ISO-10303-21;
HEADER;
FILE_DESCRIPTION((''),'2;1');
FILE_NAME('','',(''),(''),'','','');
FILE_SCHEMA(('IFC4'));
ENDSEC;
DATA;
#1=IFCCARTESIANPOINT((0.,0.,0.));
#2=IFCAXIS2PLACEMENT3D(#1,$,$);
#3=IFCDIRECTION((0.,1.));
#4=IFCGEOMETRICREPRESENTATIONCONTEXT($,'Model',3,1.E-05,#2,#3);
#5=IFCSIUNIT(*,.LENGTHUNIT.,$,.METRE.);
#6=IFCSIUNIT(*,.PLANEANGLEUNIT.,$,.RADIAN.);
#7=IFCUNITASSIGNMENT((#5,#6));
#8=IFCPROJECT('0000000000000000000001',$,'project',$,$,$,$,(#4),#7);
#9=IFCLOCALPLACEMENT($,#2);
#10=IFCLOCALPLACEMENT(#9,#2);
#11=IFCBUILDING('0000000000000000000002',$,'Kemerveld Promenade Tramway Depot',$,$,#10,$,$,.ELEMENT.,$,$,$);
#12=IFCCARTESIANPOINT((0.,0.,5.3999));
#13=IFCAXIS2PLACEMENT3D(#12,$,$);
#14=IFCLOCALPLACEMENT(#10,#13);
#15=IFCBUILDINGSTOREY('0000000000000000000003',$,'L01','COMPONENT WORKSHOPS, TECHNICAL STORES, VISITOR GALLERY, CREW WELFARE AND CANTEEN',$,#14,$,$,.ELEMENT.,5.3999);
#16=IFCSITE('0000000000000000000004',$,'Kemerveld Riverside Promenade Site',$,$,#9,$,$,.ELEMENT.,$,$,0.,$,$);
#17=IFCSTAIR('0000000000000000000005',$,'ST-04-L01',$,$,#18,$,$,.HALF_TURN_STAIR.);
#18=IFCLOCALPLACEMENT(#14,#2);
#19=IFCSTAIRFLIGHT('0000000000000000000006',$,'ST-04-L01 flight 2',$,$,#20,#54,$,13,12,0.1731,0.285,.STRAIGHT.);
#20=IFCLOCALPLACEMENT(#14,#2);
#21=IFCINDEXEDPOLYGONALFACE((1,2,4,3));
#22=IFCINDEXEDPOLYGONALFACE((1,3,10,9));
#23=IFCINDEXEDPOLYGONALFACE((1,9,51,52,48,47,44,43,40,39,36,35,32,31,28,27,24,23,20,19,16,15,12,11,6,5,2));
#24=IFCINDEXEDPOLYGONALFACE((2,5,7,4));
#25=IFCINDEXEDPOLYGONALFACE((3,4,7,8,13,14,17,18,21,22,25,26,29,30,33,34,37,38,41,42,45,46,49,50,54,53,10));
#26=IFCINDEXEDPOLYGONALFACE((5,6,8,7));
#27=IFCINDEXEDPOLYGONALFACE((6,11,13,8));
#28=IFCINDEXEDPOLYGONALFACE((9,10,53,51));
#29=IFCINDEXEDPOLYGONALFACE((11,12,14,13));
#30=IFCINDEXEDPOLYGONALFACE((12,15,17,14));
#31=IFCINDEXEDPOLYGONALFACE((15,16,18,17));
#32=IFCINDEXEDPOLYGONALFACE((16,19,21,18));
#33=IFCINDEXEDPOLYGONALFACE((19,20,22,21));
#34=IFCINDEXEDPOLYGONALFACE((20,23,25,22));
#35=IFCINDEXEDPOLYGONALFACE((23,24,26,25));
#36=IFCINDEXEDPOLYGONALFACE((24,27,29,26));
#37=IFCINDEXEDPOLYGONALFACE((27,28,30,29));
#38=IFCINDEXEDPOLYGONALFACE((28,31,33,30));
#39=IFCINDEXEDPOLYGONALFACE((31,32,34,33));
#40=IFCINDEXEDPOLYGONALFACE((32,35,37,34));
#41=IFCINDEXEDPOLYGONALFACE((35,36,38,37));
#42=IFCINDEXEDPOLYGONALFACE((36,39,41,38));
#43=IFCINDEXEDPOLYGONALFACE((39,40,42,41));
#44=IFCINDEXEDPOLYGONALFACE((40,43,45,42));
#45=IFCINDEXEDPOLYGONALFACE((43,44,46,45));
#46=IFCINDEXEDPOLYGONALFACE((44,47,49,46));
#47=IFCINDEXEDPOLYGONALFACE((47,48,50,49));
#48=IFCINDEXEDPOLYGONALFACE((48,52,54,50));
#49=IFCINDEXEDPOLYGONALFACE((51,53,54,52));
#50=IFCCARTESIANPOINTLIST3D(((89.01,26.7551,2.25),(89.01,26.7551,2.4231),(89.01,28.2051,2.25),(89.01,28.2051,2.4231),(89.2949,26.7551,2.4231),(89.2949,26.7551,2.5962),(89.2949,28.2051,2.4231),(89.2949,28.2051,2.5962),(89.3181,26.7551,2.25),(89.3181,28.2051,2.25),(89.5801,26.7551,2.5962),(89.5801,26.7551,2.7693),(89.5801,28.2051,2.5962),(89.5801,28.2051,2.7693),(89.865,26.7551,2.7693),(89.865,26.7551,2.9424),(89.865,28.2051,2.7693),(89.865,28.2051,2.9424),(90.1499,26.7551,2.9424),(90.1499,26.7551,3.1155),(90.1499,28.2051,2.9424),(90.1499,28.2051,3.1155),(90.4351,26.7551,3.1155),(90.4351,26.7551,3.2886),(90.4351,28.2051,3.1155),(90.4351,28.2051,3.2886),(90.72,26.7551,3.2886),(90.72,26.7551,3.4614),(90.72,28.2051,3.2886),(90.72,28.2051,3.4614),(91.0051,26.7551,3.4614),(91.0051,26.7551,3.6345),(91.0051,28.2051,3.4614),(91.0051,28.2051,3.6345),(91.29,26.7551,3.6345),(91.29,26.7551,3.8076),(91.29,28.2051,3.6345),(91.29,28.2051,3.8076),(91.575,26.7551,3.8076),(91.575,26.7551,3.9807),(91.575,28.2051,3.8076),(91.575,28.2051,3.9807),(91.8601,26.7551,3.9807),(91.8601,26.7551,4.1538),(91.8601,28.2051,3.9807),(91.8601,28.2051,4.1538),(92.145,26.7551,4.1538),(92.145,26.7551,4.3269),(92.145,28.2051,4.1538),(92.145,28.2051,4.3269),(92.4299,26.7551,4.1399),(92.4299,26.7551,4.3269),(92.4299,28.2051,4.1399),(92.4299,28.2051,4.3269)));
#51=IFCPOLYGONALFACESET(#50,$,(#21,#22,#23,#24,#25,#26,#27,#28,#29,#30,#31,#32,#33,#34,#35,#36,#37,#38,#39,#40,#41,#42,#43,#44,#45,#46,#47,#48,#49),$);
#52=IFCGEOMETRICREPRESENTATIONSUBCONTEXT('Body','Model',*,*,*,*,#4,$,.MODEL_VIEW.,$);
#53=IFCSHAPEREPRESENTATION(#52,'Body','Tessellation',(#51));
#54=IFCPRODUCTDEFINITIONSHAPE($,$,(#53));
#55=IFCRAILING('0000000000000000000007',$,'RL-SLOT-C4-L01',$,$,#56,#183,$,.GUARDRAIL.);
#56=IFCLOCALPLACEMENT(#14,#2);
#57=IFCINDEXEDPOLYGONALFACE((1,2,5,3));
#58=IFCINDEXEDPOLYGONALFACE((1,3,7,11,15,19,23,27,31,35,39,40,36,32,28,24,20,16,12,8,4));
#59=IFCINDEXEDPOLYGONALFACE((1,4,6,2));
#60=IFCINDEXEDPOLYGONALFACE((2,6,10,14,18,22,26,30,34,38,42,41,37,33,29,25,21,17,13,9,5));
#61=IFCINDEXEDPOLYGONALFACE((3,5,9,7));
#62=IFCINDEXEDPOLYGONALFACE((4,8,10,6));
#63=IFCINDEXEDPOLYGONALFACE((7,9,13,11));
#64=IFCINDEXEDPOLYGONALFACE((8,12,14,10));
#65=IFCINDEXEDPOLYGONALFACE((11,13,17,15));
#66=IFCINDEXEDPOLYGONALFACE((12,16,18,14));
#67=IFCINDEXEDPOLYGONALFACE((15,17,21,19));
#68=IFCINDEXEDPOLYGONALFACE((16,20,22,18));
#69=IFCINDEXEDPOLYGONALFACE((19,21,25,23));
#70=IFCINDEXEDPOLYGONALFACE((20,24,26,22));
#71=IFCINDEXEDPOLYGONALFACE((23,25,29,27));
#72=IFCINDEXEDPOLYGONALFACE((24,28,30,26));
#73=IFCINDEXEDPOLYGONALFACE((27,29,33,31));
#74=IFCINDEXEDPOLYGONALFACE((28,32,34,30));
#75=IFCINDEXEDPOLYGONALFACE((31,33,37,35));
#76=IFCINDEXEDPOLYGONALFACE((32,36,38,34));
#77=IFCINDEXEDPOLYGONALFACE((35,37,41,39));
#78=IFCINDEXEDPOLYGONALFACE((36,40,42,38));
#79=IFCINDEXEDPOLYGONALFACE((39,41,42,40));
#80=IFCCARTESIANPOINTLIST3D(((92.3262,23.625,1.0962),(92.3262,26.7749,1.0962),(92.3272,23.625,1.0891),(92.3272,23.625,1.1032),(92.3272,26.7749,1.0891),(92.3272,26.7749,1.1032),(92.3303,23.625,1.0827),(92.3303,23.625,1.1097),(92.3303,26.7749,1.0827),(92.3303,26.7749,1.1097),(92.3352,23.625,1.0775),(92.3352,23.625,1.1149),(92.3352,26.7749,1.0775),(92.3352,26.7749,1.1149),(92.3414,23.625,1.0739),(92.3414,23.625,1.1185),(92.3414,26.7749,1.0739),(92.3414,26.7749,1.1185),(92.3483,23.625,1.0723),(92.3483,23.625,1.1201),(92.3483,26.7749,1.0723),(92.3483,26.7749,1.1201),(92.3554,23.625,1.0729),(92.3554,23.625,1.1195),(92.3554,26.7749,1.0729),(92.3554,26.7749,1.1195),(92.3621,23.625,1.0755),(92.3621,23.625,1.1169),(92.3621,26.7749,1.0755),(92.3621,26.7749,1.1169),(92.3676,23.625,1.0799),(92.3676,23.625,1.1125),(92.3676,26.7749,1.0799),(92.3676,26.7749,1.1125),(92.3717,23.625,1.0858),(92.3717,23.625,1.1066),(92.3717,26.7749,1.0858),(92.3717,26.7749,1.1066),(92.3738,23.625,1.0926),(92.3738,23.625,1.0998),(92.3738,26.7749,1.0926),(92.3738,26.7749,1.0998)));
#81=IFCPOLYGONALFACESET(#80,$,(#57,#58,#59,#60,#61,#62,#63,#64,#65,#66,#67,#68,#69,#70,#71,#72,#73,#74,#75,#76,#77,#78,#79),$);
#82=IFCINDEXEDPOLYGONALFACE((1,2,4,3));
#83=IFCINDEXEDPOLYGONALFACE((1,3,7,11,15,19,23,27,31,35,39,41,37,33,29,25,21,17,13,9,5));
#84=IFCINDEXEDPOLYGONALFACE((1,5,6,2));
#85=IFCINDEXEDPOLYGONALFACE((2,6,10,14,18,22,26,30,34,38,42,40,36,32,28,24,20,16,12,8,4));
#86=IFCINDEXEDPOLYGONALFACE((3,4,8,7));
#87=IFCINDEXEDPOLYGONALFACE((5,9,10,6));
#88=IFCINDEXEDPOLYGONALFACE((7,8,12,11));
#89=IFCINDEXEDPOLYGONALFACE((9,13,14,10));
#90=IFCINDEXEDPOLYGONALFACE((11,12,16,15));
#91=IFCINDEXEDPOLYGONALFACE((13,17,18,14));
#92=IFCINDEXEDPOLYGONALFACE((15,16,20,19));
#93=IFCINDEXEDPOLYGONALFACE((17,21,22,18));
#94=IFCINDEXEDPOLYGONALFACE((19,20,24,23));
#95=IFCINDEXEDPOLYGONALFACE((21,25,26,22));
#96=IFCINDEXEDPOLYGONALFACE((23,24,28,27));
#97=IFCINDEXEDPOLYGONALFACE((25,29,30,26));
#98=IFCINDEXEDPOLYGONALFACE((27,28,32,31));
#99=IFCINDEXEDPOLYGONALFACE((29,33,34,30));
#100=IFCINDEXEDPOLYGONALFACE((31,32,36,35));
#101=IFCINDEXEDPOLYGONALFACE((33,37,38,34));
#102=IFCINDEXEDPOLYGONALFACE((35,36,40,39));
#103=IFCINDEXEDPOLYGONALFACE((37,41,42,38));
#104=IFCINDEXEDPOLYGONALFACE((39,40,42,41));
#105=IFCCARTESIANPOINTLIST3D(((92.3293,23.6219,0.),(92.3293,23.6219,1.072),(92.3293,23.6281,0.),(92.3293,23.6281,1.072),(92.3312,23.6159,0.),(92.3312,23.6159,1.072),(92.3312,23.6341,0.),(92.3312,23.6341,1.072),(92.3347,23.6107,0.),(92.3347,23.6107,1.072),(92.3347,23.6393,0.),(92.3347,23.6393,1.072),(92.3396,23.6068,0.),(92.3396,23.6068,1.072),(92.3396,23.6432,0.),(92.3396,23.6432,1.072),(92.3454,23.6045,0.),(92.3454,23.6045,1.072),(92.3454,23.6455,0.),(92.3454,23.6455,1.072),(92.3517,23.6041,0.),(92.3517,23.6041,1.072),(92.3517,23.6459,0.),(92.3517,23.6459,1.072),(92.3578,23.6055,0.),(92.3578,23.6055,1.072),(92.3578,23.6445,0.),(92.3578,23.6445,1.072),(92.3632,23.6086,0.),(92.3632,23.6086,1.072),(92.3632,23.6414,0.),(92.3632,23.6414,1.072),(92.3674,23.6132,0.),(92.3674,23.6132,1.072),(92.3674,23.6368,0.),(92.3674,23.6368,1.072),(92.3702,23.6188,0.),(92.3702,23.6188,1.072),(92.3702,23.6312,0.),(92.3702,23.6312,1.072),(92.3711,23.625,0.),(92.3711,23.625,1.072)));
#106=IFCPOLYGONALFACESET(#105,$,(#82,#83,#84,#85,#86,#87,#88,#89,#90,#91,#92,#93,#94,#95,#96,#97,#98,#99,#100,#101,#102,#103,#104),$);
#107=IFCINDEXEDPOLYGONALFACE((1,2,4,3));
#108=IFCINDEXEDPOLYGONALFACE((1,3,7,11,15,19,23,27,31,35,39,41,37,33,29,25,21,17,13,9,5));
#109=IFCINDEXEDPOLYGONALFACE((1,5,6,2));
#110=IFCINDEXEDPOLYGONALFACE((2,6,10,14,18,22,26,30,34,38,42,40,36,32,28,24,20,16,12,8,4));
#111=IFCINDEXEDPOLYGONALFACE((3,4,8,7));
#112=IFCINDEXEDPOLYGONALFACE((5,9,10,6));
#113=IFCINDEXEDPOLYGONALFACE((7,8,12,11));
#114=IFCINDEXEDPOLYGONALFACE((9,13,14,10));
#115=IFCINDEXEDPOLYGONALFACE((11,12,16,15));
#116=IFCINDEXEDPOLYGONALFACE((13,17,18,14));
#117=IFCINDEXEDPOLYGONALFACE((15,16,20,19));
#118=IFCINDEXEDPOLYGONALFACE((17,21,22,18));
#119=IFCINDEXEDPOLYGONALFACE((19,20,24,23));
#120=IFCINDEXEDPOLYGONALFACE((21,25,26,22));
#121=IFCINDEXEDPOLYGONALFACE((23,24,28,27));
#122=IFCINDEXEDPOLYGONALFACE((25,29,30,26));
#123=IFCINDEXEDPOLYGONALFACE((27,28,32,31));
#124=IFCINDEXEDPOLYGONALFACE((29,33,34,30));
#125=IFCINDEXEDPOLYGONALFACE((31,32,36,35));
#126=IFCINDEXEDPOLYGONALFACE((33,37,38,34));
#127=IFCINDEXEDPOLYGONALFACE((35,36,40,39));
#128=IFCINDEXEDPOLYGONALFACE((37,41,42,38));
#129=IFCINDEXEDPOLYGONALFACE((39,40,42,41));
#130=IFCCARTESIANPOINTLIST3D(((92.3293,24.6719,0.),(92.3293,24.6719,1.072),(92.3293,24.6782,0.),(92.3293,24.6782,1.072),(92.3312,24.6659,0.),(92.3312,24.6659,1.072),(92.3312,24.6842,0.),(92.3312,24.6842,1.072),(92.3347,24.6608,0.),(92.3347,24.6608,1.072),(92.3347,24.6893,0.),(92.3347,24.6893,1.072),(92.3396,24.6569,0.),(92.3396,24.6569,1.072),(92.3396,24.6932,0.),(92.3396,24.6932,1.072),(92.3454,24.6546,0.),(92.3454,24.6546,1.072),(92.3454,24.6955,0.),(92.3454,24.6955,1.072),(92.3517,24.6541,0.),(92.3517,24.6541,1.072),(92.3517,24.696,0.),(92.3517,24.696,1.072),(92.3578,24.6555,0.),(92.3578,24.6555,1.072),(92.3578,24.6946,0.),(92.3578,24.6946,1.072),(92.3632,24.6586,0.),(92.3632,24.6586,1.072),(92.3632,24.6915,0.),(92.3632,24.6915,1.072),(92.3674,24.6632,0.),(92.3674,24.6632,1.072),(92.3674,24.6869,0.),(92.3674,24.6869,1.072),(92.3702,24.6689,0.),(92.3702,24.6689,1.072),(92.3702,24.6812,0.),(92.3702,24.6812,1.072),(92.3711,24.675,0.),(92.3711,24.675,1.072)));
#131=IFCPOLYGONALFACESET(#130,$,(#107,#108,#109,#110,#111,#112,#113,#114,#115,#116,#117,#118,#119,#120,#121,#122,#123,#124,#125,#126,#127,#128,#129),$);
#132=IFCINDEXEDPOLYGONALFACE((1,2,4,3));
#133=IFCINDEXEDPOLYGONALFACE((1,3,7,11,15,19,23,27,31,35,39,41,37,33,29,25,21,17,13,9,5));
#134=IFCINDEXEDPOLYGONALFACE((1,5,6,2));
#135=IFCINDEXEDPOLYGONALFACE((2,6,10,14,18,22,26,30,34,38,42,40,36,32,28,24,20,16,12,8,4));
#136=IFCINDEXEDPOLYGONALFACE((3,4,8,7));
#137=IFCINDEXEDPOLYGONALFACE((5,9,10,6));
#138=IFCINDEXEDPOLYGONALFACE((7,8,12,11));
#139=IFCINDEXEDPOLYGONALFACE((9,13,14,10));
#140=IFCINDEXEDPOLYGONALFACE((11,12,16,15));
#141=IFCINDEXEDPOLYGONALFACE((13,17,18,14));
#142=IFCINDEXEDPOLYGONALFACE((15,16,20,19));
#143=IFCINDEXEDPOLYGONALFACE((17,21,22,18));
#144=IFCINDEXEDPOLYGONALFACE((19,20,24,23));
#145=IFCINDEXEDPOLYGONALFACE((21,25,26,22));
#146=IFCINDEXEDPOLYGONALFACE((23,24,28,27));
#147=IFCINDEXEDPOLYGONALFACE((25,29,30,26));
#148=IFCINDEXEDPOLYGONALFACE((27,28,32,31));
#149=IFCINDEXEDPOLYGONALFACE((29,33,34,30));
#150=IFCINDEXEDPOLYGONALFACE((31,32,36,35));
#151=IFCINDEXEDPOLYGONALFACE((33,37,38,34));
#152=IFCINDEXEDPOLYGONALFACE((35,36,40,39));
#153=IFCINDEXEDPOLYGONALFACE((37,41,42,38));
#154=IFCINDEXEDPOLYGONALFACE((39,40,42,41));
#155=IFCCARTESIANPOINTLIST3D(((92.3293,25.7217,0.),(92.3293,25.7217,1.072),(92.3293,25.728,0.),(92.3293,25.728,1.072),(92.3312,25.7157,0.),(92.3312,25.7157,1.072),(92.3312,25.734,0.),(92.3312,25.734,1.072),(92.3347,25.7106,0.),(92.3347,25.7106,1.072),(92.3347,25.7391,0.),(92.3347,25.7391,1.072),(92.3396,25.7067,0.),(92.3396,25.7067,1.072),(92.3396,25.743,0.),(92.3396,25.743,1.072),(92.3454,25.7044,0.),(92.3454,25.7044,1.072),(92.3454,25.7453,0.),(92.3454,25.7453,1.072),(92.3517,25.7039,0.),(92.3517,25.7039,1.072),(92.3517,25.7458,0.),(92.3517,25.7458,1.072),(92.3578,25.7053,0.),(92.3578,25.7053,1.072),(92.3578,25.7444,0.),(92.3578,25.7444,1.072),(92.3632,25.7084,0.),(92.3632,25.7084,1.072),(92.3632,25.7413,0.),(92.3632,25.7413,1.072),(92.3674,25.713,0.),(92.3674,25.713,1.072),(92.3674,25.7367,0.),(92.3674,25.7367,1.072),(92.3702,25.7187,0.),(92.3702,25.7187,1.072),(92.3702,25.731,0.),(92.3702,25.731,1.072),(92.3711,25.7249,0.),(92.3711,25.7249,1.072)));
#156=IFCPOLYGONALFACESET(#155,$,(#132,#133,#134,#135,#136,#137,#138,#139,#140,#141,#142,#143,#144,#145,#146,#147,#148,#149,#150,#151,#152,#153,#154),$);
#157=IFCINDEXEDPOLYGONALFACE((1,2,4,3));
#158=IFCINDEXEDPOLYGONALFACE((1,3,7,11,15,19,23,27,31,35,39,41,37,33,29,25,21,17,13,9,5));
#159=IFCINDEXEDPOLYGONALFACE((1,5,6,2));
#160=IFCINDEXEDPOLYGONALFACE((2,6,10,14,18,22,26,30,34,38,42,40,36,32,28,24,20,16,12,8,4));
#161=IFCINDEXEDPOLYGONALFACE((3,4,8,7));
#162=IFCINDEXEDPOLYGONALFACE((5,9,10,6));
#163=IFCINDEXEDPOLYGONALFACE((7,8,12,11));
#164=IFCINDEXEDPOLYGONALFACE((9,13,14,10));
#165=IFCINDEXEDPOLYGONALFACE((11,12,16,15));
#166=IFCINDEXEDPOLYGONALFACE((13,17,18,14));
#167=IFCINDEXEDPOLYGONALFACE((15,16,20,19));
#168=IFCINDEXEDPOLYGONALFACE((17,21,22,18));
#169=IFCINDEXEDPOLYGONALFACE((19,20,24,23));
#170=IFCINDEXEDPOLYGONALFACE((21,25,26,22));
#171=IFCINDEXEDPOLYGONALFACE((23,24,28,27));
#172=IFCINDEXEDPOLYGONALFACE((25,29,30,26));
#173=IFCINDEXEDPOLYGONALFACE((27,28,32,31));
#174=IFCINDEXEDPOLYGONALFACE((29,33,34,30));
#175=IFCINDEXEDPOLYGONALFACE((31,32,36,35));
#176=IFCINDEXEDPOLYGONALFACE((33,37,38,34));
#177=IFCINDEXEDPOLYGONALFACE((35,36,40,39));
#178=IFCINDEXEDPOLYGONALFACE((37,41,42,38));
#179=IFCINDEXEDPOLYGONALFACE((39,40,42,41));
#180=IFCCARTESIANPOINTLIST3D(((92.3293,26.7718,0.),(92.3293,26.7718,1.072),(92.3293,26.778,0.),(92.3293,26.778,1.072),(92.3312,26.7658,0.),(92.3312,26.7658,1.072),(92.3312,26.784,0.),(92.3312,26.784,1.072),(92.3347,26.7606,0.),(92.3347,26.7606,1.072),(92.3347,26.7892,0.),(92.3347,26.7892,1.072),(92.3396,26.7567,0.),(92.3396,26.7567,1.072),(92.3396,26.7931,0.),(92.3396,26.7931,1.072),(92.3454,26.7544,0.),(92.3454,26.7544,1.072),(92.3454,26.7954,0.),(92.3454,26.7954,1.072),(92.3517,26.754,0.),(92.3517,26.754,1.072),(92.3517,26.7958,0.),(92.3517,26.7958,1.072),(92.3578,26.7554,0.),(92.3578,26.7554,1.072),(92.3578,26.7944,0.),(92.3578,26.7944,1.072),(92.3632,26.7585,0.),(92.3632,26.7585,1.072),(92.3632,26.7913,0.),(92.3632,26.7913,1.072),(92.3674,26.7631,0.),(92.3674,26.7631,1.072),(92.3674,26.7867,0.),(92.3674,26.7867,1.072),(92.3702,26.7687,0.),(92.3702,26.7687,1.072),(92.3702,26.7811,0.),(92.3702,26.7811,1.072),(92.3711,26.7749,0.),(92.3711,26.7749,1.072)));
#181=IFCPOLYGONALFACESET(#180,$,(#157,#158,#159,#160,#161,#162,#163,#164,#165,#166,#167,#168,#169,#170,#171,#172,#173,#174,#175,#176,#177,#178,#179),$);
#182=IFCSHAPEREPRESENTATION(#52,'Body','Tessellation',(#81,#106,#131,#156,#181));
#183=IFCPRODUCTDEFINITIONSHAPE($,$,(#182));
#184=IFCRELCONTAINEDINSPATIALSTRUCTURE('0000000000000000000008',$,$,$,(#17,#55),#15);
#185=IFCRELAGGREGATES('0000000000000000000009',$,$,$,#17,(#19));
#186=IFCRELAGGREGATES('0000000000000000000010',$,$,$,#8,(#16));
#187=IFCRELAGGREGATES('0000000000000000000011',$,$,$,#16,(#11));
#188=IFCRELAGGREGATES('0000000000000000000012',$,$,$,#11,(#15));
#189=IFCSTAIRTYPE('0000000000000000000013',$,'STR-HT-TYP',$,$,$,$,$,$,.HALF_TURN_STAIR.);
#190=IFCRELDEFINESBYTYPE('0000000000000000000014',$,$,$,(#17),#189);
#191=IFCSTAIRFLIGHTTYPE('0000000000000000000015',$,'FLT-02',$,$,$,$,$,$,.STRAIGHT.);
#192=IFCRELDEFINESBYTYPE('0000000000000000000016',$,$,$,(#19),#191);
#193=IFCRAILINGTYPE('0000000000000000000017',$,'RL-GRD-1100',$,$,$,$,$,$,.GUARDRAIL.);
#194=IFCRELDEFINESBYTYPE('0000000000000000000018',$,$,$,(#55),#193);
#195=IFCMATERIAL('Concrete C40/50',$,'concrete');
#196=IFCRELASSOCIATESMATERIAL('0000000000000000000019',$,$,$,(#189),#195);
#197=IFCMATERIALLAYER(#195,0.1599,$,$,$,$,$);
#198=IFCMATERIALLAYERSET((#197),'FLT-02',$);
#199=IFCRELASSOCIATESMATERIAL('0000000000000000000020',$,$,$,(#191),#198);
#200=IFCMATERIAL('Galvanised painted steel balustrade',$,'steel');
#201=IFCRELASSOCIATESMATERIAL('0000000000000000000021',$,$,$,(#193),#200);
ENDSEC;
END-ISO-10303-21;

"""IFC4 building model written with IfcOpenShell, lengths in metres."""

from ifc_helpers import new_model, si_unit, direction, frame, origin, origin_2d, place, context, subcontext, project, spatial, polyline, circle, outline, extrude, material, layer, layer_set, type_object, element, aggregate, save


model = new_model("IFC4")

# Units and contexts
model_context = context("Model", 3, precision=1e-05, world=origin(), true_north=direction((0.0, 1.0)))
body_context = subcontext(model_context, "Body", "Model", "MODEL_VIEW")
ifc_project = project(units=[si_unit("LENGTHUNIT", "METRE"), si_unit("PLANEANGLEUNIT", "RADIAN")], contexts=[model_context])

# Site, building, storey
site_placement = place(None, origin())
site = spatial("IfcSite", under=ifc_project, at=site_placement, Name="Kemerveld Riverside Promenade Site", CompositionType="ELEMENT", RefElevation=0.0)
building_placement = place(site_placement, origin())
building = spatial("IfcBuilding", under=site, at=building_placement, Name="Kemerveld Promenade Tramway Depot", CompositionType="ELEMENT")
storey_placement = place(building_placement, frame((0.0, 0.0, 5.3999)))
storey = spatial("IfcBuildingStorey", under=building, at=storey_placement, Name="L01", Description="COMPONENT WORKSHOPS, TECHNICAL STORES, VISITOR GALLERY, CREW WELFARE AND CANTEEN", CompositionType="ELEMENT", Elevation=5.3999)

# Shared definitions
ifc_material_1 = material(Name="Concrete C40/50", Category="concrete")

# Stair, stair flight
stair_type = type_object("IfcStairType", Name="STR-HT-TYP", PredefinedType="HALF_TURN_STAIR", material=ifc_material_1)
stair_placement = place(storey_placement, origin())
stair = element("IfcStair", 1, at=stair_placement, inside=storey, type_object=stair_type, Name="ST-04-L01", PredefinedType="HALF_TURN_STAIR")
ifc_layer_1 = layer(ifc_material_1, 0.1599)
ifc_layer_set_1 = layer_set([ifc_layer_1], Name="FLT-02")
stair_flight_type = type_object("IfcStairFlightType", Name="FLT-02", PredefinedType="STRAIGHT", material=ifc_layer_set_1)
stair_flight_1_placement = place(storey_placement, frame((89.01, 27.48, 2.25), z_axis=(0.0, 0.0, 1.0), x_axis=(1.0, 0.0, 0.0)))
stair_flight_1 = element("IfcStairFlight", 2, at=stair_flight_1_placement, type_object=stair_flight_type, Name="ST-04-L01 flight 2", NumberOfRisers=13, NumberOfTreads=12, PredefinedType="STRAIGHT", RiserHeight=0.1731, TreadLength=0.285, context=body_context, shape_type="SweptSolid", body=[
    extrude(outline(polyline([(0.0, 0.0), (0.0, 0.1731), (0.2849, 0.1731), (0.2849, 0.3462), (0.5701, 0.3462), (0.5701, 0.5193), (0.855, 0.5193), (0.855, 0.6924), (1.1399, 0.6924), (1.1399, 0.8655), (1.425, 0.8655), (1.425, 1.0386), (1.71, 1.0386), (1.71, 1.2114), (1.9951, 1.2114), (1.9951, 1.3845), (2.28, 1.3845), (2.28, 1.5576), (2.5649, 1.5576), (2.5649, 1.7307), (2.8501, 1.7307), (2.8501, 1.9038), (3.135, 1.9038), (3.135, 2.0769), (3.4199, 2.0769), (3.4199, 2.25), (3.4199, 1.8899), (0.3081, 0.0), (0.0, 0.0)])), frame((0.0, 0.7251, 0.0), z_axis=(0.0, -1.0, 0.0), x_axis=(1.0, 0.0, 0.0)), (0.0, 0.0, 1.0), 1.45),
])
aggregate(stair, [stair_flight_1])

# Railing
ifc_material_2 = material(Name="Galvanised painted steel balustrade", Category="steel")
railing_type_1 = type_object("IfcRailingType", Name="RL-GRD-1100", PredefinedType="GUARDRAIL", material=ifc_material_2)
railing_1_placement = place(storey_placement, frame((92.3501, 23.625, 0.0)))
element("IfcRailing", 3, at=railing_1_placement, inside=storey, type_object=railing_type_1, Name="RL-SLOT-C4-L01", PredefinedType="GUARDRAIL", context=body_context, shape_type="SweptSolid", body=[
    extrude(circle(Radius=0.0239, at=origin_2d()), frame((0.0, 0.0, 1.0962), z_axis=(0.0, 1.0, 0.0), x_axis=(-1.0, 0.0, 0.0)), (0.0, 0.0, 1.0), 3.1499),
    extrude(circle(Radius=0.021, at=origin_2d()), origin(), (0.0, 0.0, 1.0), 1.072),
    extrude(circle(Radius=0.021, at=origin_2d()), frame((0.0, 1.05, 0.0)), (0.0, 0.0, 1.0), 1.072),
    extrude(circle(Radius=0.021, at=origin_2d()), frame((0.0, 2.0999, 0.0)), (0.0, 0.0, 1.0), 1.072),
    extrude(circle(Radius=0.021, at=origin_2d()), frame((0.0, 3.1499, 0.0)), (0.0, 0.0, 1.0), 1.072),
])

save(model, "model.ifc")
